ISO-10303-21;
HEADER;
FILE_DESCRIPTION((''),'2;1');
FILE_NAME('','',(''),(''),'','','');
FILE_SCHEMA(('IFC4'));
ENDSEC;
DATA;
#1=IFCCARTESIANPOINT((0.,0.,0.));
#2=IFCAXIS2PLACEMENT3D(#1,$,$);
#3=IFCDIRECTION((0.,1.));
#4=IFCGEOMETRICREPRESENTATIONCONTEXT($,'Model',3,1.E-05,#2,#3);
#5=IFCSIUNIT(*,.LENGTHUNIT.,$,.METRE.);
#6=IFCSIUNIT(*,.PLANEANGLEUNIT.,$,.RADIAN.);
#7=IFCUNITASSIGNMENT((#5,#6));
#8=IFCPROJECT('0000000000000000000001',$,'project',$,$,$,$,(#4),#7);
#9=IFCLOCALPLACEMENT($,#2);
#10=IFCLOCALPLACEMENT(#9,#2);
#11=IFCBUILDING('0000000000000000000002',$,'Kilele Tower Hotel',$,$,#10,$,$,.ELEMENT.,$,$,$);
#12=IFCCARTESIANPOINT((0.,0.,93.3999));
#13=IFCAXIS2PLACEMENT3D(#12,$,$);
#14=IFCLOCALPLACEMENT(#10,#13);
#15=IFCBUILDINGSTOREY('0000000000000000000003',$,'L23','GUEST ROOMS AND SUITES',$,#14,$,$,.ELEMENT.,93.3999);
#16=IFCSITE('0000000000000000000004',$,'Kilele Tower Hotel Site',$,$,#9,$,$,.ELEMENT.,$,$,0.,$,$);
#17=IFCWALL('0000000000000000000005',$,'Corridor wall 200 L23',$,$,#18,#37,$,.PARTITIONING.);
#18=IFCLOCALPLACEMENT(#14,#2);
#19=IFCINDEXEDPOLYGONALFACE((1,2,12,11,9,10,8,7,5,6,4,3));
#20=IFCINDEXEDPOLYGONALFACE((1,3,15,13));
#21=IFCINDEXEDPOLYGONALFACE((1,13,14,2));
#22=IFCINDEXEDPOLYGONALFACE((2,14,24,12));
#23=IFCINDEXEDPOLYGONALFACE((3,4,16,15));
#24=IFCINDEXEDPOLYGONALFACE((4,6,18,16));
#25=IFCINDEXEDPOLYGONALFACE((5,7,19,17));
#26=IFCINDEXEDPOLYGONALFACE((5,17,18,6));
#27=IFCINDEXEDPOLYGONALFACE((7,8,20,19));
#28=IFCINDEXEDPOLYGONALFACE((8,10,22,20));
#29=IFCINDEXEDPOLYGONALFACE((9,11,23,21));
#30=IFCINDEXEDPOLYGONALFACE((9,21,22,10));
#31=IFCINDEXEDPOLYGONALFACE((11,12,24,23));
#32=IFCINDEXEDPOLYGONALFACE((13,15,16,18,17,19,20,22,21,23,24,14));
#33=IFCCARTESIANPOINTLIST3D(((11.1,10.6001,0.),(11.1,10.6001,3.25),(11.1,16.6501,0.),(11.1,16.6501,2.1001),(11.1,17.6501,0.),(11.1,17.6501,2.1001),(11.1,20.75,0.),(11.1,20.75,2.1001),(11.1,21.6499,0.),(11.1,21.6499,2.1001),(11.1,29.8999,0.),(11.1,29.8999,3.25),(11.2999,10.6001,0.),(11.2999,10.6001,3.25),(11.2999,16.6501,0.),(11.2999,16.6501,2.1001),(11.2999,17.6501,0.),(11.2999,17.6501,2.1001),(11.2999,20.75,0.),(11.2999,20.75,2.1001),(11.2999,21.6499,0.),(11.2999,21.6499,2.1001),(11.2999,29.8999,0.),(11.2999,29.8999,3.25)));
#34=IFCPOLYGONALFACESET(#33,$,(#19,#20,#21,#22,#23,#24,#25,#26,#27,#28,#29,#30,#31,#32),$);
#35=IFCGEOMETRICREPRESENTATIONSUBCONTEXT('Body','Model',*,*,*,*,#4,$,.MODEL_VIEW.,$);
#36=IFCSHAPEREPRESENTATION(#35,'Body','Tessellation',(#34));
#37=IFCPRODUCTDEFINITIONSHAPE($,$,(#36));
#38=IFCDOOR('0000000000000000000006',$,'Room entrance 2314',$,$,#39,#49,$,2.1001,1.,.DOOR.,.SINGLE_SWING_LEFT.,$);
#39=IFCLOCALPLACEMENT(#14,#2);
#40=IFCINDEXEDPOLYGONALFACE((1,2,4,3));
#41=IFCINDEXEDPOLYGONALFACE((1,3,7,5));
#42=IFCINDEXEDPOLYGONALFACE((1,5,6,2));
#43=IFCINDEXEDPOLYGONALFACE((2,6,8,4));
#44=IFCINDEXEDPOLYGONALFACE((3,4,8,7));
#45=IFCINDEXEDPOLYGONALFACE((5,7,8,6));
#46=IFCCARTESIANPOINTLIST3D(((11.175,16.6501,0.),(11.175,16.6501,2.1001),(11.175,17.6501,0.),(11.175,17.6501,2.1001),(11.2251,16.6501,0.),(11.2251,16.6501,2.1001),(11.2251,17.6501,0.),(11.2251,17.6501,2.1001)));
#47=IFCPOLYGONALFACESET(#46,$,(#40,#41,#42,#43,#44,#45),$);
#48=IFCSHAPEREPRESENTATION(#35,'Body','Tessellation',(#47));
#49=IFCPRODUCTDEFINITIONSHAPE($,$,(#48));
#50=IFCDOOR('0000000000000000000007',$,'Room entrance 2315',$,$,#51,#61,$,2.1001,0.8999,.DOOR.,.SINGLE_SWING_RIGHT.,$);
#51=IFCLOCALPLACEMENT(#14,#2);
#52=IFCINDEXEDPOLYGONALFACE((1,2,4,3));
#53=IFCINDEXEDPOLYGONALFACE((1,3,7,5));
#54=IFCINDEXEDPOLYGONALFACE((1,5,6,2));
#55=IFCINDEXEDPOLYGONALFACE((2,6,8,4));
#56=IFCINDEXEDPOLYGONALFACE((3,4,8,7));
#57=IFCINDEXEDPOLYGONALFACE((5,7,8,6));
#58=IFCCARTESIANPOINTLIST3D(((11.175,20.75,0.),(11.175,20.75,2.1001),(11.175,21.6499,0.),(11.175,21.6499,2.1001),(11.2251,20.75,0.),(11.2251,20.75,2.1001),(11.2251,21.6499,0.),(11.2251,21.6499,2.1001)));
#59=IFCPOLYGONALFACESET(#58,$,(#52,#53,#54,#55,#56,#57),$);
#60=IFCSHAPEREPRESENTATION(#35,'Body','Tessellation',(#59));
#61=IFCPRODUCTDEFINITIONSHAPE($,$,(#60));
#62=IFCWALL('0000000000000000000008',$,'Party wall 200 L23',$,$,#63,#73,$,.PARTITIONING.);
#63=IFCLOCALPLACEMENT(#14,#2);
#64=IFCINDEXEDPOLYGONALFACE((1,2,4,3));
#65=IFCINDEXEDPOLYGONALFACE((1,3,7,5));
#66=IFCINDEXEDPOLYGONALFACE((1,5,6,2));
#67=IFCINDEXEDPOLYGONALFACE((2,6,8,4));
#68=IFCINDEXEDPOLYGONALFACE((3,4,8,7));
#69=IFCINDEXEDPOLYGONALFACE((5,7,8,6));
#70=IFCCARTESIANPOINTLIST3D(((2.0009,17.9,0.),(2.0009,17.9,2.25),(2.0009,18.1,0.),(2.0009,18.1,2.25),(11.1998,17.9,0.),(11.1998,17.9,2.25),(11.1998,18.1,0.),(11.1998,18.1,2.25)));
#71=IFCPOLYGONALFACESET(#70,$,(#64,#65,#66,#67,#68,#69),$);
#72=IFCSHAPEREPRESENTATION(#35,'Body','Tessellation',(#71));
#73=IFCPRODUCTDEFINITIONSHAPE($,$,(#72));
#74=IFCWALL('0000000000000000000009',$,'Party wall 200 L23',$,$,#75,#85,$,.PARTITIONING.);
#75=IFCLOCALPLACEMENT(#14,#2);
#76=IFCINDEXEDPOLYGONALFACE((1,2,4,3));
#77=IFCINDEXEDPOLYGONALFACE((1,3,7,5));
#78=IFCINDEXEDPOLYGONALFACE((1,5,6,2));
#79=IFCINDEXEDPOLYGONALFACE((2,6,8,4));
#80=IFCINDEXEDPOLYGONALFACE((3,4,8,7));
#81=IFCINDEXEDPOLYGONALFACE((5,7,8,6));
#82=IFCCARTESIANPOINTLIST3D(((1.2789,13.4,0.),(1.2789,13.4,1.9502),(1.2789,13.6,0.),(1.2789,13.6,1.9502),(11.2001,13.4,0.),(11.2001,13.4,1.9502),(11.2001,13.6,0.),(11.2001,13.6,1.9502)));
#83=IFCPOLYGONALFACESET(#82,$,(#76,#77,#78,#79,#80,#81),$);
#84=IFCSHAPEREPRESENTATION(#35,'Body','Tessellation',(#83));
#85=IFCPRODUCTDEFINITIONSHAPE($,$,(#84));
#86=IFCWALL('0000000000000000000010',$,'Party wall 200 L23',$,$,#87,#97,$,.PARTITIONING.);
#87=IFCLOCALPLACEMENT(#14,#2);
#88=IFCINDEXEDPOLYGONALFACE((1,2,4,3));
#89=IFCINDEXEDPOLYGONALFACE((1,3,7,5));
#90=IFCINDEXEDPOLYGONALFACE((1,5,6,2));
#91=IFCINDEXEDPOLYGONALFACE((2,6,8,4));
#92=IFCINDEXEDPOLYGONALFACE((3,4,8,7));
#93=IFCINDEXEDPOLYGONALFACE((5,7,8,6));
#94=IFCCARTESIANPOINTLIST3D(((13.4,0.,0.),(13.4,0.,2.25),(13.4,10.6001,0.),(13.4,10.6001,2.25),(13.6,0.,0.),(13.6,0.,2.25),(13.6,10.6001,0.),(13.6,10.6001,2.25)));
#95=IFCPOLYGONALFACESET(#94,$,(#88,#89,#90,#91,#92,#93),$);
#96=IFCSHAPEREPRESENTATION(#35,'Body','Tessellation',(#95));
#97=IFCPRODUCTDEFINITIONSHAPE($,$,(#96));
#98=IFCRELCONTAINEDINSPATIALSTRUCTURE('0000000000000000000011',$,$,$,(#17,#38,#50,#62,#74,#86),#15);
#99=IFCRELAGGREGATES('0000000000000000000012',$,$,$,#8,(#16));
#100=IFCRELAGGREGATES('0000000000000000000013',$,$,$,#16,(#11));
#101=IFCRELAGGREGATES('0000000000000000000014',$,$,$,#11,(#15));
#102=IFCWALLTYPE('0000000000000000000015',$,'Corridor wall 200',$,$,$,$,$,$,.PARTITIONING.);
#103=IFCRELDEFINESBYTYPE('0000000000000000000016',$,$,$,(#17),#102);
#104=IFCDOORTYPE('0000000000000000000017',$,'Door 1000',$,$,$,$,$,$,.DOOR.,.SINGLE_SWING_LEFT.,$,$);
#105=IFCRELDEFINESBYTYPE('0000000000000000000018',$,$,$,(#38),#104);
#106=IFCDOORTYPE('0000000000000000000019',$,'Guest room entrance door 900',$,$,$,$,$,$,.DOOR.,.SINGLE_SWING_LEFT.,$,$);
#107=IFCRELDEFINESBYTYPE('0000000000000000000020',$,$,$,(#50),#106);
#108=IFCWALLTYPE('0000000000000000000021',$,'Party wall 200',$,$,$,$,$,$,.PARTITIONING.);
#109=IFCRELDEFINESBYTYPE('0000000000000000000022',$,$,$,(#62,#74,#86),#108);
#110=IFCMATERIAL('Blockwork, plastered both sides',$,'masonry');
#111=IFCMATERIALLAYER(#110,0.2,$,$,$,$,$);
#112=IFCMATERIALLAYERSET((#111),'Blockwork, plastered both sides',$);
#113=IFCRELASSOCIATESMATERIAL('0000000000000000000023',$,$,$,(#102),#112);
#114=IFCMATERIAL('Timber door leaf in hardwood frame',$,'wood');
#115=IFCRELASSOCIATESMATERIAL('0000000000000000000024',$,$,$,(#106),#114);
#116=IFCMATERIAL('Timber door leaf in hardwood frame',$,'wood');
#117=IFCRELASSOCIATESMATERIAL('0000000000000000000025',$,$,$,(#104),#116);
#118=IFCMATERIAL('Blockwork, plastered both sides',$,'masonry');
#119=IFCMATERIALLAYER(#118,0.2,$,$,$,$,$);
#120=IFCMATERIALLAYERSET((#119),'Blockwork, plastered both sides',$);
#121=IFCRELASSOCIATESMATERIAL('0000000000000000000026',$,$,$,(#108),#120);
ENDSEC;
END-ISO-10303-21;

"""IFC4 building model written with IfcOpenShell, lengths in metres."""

from ifc_helpers import new_model, si_unit, direction, frame, frame_2d, origin, place, context, subcontext, project, spatial, rectangle, extrude, material, layer, layer_set, type_object, element, fill, save


model = new_model("IFC4")

# Units and contexts
model_context = context("Model", 3, precision=1e-05, world=origin(), true_north=direction((0.0, 1.0)))
body_context = subcontext(model_context, "Body", "Model", "MODEL_VIEW")
ifc_project = project(units=[si_unit("LENGTHUNIT", "METRE"), si_unit("PLANEANGLEUNIT", "RADIAN")], contexts=[model_context])

# Site, building, storey
site_placement = place(None, origin())
site = spatial("IfcSite", under=ifc_project, at=site_placement, Name="Kilele Tower Hotel Site", CompositionType="ELEMENT", RefElevation=0.0)
building_placement = place(site_placement, origin())
building = spatial("IfcBuilding", under=site, at=building_placement, Name="Kilele Tower Hotel", CompositionType="ELEMENT")
storey_placement = place(building_placement, frame((0.0, 0.0, 93.3999)))
storey = spatial("IfcBuildingStorey", under=building, at=storey_placement, Name="L23", Description="GUEST ROOMS AND SUITES", CompositionType="ELEMENT", Elevation=93.3999)

# Wall, openings, doors
ifc_material_1 = material(Name="Blockwork, plastered both sides", Category="masonry")
ifc_layer_1 = layer(ifc_material_1, 0.2)
ifc_layer_set_1 = layer_set([ifc_layer_1], Name="Blockwork, plastered both sides")
wall_type_1 = type_object("IfcWallType", Name="Corridor wall 200", PredefinedType="PARTITIONING", material=ifc_layer_set_1)
ifc_material_2 = material(Name="Timber door leaf in hardwood frame", Category="wood")
door_type_1 = type_object("IfcDoorType", Name="Guest room entrance door 900", OperationType="SINGLE_SWING_LEFT", PredefinedType="DOOR", material=ifc_material_2)
wall_1_placement = place(storey_placement, frame((11.2, 10.6001, 0.0), z_axis=(0.0, 0.0, 1.0), x_axis=(0.0, 1.0, 0.0)))
wall_1 = element("IfcWall", 1, at=wall_1_placement, inside=storey, type_object=wall_type_1, Name="Corridor wall 200 L23", PredefinedType="PARTITIONING", context=body_context, shape_type="SweptSolid", body=[
    extrude(rectangle(XDim=19.2998, YDim=0.2, at=frame_2d((9.6499, 0.0))), origin(), (0.0, 0.0, 1.0), 3.25),
])
opening_1_placement = place(wall_1_placement, frame((6.05, 0.0, 0.0)))
opening_1 = element("IfcOpeningElement", 2, at=opening_1_placement, cuts=wall_1, PredefinedType="OPENING", context=body_context, shape_type="SweptSolid", body=[
    extrude(rectangle(XDim=1.0, YDim=2.1001, at=frame_2d((0.5, 1.05))), frame((0.0, 0.1099, 0.0), z_axis=(0.0, -1.0, 0.0), x_axis=(1.0, 0.0, 0.0)), (0.0, 0.0, 1.0), 0.22),
])
opening_2_placement = place(wall_1_placement, frame((10.1499, 0.0, 0.0)))
opening_2 = element("IfcOpeningElement", 3, at=opening_2_placement, cuts=wall_1, PredefinedType="OPENING", context=body_context, shape_type="SweptSolid", body=[
    extrude(rectangle(XDim=0.8999, YDim=2.1001, at=frame_2d((0.45, 1.05))), frame((0.0, 0.1099, 0.0), z_axis=(0.0, -1.0, 0.0), x_axis=(1.0, 0.0, 0.0)), (0.0, 0.0, 1.0), 0.22),
])
ifc_material_3 = material(Name="Timber door leaf in hardwood frame", Category="wood")
door_type_2 = type_object("IfcDoorType", Name="Door 1000", OperationType="SINGLE_SWING_LEFT", PredefinedType="DOOR", material=ifc_material_3)
door_1_placement = place(opening_1_placement, origin())
door_1 = element("IfcDoor", 4, at=door_1_placement, inside=storey, type_object=door_type_2, Name="Room entrance 2314", OperationType="SINGLE_SWING_LEFT", OverallHeight=2.1001, OverallWidth=1.0, PredefinedType="DOOR", context=body_context, shape_type="SweptSolid", body=[
    extrude(rectangle(XDim=1.0, YDim=2.1001, at=frame_2d((0.5, 1.05))), frame((0.0, 0.0249, 0.0), z_axis=(0.0, -1.0, 0.0), x_axis=(1.0, 0.0, 0.0)), (0.0, 0.0, 1.0), 0.05),
])
fill(opening_1, door_1)
door_2_placement = place(opening_2_placement, origin())
door_2 = element("IfcDoor", 5, at=door_2_placement, inside=storey, type_object=door_type_1, Name="Room entrance 2315", OperationType="SINGLE_SWING_RIGHT", OverallHeight=2.1001, OverallWidth=0.8999, PredefinedType="DOOR", context=body_context, shape_type="SweptSolid", body=[
    extrude(rectangle(XDim=0.8999, YDim=2.1001, at=frame_2d((0.45, 1.05))), frame((0.0, 0.0249, 0.0), z_axis=(0.0, -1.0, 0.0), x_axis=(1.0, 0.0, 0.0)), (0.0, 0.0, 1.0), 0.05),
])
fill(opening_2, door_2)

# Walls
ifc_material_4 = material(Name="Blockwork, plastered both sides", Category="masonry")
ifc_layer_2 = layer(ifc_material_4, 0.2)
ifc_layer_set_2 = layer_set([ifc_layer_2], Name="Blockwork, plastered both sides")
wall_type_2 = type_object("IfcWallType", Name="Party wall 200", PredefinedType="PARTITIONING", material=ifc_layer_set_2)
wall_2_placement = place(storey_placement, frame((11.2, 18.0, 0.0), z_axis=(0.0, 0.0, 1.0), x_axis=(-1.0, 0.0, 0.0)))
element("IfcWall", 6, at=wall_2_placement, inside=storey, type_object=wall_type_2, Name="Party wall 200 L23", PredefinedType="PARTITIONING", context=body_context, shape_type="SweptSolid", body=[
    extrude(rectangle(XDim=9.199, YDim=0.2, at=frame_2d((4.5996, 0.0))), origin(), (0.0, 0.0, 1.0), 2.25),
])
wall_3_placement = place(storey_placement, frame((11.2, 13.5, 0.0), z_axis=(0.0, 0.0, 1.0), x_axis=(-1.0, 0.0, 0.0)))
element("IfcWall", 7, at=wall_3_placement, inside=storey, type_object=wall_type_2, Name="Party wall 200 L23", PredefinedType="PARTITIONING", context=body_context, shape_type="SweptSolid", body=[
    extrude(rectangle(XDim=9.9211, YDim=0.2, at=frame_2d((4.9604, 0.0))), origin(), (0.0, 0.0, 1.0), 1.9502),
])
wall_4_placement = place(storey_placement, frame((13.5, 10.6001, 0.0), z_axis=(0.0, 0.0, 1.0), x_axis=(0.0, -1.0, 0.0)))
element("IfcWall", 8, at=wall_4_placement, inside=storey, type_object=wall_type_2, Name="Party wall 200 L23", PredefinedType="PARTITIONING", context=body_context, shape_type="SweptSolid", body=[
    extrude(rectangle(XDim=10.6001, YDim=0.2, at=frame_2d((5.3, 0.0))), origin(), (0.0, 0.0, 1.0), 2.25),
])

save(model, "model.ifc")
